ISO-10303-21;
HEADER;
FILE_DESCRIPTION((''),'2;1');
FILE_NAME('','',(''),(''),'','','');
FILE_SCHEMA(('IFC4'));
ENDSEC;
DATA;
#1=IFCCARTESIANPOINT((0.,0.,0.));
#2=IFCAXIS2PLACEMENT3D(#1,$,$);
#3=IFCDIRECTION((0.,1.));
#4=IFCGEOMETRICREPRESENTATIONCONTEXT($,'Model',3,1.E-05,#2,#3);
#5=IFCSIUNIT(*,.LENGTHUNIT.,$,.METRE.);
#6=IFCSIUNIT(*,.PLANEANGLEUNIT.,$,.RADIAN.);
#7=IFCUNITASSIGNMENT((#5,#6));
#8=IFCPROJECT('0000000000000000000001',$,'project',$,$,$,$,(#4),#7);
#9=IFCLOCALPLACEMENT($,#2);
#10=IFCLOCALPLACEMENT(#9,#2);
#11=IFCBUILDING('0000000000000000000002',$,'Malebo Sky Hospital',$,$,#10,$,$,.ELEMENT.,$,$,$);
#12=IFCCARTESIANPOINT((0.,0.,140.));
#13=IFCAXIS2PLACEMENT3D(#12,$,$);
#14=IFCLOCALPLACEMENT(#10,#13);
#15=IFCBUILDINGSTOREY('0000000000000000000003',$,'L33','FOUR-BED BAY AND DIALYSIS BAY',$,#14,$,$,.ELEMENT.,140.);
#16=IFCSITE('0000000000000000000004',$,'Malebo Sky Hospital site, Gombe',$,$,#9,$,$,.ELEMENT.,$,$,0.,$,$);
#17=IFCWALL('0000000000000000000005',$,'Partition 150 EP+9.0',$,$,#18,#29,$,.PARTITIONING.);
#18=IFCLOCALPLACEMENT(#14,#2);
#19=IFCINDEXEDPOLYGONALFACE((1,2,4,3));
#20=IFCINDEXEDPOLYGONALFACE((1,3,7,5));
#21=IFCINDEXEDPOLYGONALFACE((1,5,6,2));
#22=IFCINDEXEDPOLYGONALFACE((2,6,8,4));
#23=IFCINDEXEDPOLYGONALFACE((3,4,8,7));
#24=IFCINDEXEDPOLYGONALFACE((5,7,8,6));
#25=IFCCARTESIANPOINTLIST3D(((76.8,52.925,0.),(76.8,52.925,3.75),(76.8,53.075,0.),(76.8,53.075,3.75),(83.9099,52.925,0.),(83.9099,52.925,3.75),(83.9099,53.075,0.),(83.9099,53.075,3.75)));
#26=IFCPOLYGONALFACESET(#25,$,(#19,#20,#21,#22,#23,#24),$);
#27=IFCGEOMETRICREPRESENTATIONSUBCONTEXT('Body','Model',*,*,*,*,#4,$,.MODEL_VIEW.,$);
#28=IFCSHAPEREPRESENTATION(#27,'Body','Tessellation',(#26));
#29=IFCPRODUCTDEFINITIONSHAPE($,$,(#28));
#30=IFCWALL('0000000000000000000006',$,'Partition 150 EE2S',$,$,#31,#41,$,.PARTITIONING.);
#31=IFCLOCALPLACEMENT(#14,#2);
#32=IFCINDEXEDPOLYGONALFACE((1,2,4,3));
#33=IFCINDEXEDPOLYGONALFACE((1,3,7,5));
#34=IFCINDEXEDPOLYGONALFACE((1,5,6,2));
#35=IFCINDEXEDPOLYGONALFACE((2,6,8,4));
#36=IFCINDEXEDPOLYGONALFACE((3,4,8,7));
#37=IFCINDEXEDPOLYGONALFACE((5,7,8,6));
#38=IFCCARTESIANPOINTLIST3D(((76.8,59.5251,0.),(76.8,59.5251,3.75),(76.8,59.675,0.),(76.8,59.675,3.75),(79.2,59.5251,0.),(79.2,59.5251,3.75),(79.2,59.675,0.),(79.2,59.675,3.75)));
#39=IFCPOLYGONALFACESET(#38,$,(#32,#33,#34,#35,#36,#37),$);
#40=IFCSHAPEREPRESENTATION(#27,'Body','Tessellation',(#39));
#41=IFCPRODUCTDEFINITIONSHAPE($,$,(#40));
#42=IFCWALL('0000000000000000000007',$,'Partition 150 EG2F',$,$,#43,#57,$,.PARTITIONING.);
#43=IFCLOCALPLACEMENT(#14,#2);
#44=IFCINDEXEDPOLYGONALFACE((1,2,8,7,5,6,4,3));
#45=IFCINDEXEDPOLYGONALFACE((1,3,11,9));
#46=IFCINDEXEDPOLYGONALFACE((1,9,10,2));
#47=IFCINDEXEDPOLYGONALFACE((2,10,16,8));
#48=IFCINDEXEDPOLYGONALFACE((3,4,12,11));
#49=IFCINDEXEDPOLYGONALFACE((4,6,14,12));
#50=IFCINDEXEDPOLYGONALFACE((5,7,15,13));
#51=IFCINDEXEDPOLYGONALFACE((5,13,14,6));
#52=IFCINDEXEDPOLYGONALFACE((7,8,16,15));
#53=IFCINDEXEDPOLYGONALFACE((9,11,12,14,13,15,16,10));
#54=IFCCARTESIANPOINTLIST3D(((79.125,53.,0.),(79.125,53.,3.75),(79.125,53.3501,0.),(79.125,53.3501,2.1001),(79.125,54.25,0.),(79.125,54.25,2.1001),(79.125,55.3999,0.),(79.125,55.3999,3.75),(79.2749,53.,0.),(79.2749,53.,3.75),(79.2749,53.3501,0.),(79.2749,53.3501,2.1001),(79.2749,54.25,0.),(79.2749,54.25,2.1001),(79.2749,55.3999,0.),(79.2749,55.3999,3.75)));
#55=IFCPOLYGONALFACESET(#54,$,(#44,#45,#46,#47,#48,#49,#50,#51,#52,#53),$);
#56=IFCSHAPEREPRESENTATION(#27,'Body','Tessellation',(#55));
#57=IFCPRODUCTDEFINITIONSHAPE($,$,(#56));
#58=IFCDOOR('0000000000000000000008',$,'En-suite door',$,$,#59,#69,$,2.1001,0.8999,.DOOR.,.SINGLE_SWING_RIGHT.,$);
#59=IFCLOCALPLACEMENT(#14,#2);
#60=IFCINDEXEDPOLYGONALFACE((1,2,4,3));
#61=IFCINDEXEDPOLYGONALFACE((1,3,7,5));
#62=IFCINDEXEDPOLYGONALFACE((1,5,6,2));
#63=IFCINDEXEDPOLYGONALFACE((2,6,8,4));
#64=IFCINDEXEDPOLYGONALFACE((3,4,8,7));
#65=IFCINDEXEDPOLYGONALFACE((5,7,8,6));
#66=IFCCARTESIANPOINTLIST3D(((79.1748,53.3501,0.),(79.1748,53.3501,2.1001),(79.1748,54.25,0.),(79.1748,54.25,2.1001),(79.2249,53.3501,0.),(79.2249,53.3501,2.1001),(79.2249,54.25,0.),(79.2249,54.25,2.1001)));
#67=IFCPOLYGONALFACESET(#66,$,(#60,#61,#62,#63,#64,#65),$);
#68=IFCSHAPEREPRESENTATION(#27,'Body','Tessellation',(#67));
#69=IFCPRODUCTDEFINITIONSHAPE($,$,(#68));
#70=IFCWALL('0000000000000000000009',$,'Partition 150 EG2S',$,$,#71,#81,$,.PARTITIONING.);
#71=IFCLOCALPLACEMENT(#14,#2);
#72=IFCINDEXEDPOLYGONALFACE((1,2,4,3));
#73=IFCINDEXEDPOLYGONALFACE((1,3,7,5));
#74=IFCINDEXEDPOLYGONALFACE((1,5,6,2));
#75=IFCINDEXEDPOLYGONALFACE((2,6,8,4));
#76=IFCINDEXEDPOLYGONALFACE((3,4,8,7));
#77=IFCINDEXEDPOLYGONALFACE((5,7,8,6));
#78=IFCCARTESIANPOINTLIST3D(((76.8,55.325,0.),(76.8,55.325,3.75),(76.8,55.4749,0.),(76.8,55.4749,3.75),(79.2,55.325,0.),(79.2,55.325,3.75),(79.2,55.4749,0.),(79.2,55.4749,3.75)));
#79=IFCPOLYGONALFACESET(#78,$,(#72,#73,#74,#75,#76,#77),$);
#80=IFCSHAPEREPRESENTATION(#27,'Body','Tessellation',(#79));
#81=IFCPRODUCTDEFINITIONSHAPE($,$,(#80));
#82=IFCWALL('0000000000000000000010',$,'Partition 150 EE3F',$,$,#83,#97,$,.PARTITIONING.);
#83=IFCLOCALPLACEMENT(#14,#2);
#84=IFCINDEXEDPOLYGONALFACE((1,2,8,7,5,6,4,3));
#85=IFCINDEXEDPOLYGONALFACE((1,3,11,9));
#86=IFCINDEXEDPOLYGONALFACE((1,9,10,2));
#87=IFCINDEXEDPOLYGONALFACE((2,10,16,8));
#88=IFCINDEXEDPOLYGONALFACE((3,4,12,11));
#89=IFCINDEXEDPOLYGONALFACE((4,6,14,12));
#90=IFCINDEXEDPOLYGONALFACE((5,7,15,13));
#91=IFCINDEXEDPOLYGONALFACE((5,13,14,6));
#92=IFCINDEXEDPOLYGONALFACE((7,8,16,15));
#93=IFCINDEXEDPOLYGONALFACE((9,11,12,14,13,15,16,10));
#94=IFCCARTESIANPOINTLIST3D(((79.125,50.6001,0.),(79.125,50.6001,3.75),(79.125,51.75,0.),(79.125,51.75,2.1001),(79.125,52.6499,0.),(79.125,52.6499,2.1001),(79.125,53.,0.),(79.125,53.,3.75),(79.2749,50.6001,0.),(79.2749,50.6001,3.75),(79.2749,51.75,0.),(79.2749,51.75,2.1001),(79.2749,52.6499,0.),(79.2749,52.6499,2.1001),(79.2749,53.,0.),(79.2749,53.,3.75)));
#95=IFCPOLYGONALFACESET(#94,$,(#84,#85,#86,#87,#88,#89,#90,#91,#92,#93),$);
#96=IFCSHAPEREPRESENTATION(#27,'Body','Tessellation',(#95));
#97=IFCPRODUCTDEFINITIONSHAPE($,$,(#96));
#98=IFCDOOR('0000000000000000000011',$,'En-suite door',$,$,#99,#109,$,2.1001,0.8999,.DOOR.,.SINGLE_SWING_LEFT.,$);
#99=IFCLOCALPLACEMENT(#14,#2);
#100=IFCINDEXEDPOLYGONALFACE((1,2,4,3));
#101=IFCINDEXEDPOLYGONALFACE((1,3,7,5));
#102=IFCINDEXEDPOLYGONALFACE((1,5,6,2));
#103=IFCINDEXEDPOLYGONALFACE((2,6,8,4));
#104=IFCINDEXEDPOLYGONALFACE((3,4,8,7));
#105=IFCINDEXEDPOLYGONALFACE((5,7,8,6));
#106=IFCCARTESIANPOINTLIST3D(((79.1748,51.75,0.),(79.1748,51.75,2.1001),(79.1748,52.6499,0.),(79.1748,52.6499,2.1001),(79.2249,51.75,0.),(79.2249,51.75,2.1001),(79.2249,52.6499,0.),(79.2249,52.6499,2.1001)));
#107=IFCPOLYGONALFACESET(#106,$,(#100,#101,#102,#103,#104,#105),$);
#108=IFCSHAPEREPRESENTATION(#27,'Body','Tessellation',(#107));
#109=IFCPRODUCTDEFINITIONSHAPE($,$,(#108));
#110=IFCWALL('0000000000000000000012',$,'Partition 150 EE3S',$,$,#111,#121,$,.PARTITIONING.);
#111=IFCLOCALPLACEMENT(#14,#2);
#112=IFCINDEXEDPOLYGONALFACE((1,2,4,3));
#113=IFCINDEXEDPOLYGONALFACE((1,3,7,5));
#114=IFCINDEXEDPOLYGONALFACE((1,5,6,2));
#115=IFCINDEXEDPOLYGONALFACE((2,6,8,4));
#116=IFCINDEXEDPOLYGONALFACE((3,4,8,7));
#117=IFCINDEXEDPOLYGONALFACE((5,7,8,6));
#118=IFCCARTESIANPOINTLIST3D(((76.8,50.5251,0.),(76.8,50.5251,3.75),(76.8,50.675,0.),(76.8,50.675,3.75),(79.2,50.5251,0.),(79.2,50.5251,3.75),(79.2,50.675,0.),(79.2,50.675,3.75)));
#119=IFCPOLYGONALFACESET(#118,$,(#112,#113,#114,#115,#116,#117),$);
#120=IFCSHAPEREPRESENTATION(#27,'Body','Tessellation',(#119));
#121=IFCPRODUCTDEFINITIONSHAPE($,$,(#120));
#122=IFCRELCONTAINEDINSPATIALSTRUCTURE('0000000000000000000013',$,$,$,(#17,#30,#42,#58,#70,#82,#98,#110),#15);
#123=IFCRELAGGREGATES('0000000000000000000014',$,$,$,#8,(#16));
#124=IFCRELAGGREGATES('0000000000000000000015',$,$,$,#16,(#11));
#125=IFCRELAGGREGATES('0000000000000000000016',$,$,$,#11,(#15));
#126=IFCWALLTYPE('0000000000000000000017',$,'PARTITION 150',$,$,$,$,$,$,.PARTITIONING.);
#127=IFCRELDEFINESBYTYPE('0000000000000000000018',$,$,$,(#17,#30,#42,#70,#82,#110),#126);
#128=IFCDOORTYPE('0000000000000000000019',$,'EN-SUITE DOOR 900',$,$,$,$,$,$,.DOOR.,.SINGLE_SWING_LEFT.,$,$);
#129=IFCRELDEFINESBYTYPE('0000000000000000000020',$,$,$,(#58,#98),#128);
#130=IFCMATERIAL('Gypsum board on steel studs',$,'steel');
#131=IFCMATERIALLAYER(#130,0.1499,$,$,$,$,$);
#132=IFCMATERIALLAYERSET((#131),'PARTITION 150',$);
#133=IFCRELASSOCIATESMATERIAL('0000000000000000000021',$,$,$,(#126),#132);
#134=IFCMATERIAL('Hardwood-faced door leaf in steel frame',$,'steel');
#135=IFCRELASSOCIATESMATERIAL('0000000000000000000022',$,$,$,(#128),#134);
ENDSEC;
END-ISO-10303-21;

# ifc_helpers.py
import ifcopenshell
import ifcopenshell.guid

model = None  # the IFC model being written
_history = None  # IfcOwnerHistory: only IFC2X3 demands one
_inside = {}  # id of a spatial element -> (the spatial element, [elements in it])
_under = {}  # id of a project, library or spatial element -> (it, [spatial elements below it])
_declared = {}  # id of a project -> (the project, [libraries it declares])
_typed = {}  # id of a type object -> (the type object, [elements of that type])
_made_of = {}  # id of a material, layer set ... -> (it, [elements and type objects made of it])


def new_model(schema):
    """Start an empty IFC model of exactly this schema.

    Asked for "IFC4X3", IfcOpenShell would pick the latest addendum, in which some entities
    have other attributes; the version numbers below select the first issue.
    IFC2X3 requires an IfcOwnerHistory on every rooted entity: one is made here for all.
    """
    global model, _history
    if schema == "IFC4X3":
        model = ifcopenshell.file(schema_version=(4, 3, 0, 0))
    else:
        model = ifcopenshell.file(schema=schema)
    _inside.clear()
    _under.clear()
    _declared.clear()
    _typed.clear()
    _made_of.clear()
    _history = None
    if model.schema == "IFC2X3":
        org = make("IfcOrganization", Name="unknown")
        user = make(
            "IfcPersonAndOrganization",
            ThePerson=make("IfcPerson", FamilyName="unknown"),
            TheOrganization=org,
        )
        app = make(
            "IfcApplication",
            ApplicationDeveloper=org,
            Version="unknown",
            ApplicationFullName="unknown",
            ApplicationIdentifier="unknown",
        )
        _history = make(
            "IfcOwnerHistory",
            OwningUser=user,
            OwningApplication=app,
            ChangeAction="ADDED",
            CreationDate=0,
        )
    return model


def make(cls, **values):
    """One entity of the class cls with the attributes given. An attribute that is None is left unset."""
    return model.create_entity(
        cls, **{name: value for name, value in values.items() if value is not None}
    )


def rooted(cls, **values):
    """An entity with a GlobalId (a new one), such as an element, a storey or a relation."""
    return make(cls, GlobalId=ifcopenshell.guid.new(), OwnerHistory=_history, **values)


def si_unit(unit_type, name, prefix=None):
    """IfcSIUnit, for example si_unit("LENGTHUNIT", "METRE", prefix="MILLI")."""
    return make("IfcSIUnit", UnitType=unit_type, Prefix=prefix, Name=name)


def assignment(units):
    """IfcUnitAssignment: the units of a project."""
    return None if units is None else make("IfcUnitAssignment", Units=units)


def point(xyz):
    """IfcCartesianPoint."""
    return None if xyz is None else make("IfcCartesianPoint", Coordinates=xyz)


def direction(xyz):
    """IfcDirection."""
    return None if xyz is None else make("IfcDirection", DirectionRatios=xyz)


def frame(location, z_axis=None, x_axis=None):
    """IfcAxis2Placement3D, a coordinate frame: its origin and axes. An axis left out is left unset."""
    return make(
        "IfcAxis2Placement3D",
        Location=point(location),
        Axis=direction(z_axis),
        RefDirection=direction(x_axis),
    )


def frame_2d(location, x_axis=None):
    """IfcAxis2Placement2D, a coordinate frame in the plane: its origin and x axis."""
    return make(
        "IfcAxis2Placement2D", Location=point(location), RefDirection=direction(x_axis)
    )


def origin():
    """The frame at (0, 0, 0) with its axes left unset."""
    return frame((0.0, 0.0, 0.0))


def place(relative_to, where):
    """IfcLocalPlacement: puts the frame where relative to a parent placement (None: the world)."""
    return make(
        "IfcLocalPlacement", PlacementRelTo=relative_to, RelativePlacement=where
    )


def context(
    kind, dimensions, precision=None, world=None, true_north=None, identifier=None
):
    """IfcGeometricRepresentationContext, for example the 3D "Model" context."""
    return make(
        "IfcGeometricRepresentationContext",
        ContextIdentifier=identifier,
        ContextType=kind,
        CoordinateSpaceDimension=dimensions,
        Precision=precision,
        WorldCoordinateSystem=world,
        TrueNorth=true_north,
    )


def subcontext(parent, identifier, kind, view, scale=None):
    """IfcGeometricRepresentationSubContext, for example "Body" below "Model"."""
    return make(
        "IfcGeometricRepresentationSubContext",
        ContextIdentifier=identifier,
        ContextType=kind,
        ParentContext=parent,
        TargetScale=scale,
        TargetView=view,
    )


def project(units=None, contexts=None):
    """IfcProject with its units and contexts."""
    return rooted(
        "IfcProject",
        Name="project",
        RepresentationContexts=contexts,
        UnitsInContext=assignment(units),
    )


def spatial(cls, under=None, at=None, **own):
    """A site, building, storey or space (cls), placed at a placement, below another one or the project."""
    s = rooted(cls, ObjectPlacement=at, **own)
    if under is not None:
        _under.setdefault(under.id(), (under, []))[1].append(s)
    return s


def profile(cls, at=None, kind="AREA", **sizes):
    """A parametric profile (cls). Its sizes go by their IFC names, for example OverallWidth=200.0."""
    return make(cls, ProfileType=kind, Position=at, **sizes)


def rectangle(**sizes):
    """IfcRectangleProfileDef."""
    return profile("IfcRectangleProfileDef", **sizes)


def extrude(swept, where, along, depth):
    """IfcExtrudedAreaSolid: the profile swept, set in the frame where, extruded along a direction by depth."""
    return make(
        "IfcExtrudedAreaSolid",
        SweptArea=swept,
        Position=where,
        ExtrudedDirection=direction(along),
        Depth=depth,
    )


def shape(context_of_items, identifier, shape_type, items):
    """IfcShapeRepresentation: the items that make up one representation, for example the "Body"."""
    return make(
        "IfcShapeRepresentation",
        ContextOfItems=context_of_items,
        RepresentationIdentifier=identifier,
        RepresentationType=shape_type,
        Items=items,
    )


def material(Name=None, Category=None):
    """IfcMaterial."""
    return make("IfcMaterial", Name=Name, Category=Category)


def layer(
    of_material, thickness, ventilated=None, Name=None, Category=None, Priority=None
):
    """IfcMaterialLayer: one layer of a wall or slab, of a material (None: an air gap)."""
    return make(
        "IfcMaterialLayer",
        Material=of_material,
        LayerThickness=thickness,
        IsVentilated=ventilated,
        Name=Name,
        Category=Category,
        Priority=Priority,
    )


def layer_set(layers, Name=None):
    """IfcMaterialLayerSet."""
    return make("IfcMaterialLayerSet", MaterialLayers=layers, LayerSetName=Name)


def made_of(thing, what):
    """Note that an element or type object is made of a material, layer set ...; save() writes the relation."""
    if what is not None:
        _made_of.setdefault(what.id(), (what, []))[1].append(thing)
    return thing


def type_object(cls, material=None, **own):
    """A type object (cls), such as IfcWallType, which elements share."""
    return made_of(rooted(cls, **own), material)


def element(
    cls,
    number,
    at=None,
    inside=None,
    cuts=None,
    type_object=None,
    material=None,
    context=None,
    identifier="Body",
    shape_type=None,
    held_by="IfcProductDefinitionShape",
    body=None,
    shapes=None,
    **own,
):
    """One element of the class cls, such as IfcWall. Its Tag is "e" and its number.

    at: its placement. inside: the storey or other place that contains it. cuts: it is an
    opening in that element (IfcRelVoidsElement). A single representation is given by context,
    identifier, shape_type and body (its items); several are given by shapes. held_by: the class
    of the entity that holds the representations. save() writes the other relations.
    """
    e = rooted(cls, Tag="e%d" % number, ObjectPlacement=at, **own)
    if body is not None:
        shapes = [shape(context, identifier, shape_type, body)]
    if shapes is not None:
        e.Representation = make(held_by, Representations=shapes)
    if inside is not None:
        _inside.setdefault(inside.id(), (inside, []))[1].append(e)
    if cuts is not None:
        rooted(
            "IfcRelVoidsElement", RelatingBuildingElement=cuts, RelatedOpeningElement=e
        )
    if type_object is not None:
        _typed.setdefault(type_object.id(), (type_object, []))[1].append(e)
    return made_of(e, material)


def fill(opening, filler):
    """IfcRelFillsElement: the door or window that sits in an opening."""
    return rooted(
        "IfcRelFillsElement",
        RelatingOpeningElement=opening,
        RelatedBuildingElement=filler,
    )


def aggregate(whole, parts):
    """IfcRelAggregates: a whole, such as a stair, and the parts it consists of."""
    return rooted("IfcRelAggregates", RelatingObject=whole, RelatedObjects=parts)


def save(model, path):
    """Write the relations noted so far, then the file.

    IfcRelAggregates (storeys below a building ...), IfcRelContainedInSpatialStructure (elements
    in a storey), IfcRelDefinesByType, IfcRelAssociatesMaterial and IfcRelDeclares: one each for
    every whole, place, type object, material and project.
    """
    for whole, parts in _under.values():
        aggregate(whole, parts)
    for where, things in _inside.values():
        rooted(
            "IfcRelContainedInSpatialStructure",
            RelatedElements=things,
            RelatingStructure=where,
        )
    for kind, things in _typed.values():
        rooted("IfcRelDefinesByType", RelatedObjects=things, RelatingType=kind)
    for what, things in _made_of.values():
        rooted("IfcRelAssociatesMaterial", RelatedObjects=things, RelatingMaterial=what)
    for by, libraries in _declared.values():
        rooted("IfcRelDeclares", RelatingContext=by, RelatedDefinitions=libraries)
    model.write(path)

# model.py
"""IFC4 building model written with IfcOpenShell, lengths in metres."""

from ifc_helpers import new_model, si_unit, direction, frame, frame_2d, origin, place, context, subcontext, project, spatial, rectangle, extrude, material, layer, layer_set, type_object, element, fill, save


model = new_model("IFC4")

# Units and contexts
model_context = context("Model", 3, precision=1e-05, world=origin(), true_north=direction((0.0, 1.0)))
body_context = subcontext(model_context, "Body", "Model", "MODEL_VIEW")
ifc_project = project(units=[si_unit("LENGTHUNIT", "METRE"), si_unit("PLANEANGLEUNIT", "RADIAN")], contexts=[model_context])

# Site, building, storey
site_placement = place(None, origin())
site = spatial("IfcSite", under=ifc_project, at=site_placement, Name="Malebo Sky Hospital site, Gombe", CompositionType="ELEMENT", RefElevation=0.0)
building_placement = place(site_placement, origin())
building = spatial("IfcBuilding", under=site, at=building_placement, Name="Malebo Sky Hospital", CompositionType="ELEMENT")
storey_placement = place(building_placement, frame((0.0, 0.0, 140.0)))
storey = spatial("IfcBuildingStorey", under=building, at=storey_placement, Name="L33", Description="FOUR-BED BAY AND DIALYSIS BAY", CompositionType="ELEMENT", Elevation=140.0)

# Shared definitions
ifc_material_1 = material(Name="Gypsum board on steel studs", Category="steel")
ifc_material_2 = material(Name="Hardwood-faced door leaf in steel frame", Category="steel")

# Walls
ifc_layer_1 = layer(ifc_material_1, 0.1499)
ifc_layer_set_1 = layer_set([ifc_layer_1], Name="PARTITION 150")
wall_type_1 = type_object("IfcWallType", Name="PARTITION 150", PredefinedType="PARTITIONING", material=ifc_layer_set_1)
wall_1_placement = place(storey_placement, frame((76.8, 53.0, 0.0), z_axis=(0.0, 0.0, 1.0), x_axis=(1.0, 0.0, 0.0)))
element("IfcWall", 1, at=wall_1_placement, inside=storey, type_object=wall_type_1, Name="Partition 150 EP+9.0", PredefinedType="PARTITIONING", context=body_context, shape_type="SweptSolid", body=[
    extrude(rectangle(XDim=7.1099, YDim=0.1499, at=frame_2d((3.5549, 0.0))), origin(), (0.0, 0.0, 1.0), 3.75),
])
wall_2_placement = place(storey_placement, frame((76.8, 59.6001, 0.0), z_axis=(0.0, 0.0, 1.0), x_axis=(1.0, 0.0, 0.0)))
element("IfcWall", 2, at=wall_2_placement, inside=storey, type_object=wall_type_1, Name="Partition 150 EE2S", PredefinedType="PARTITIONING", context=body_context, shape_type="SweptSolid", body=[
    extrude(rectangle(XDim=2.3999, YDim=0.1499, at=frame_2d((1.2, 0.0))), origin(), (0.0, 0.0, 1.0), 3.75),
])

# Wall, opening, door
wall_3_placement = place(storey_placement, frame((79.2, 55.3999, 0.0), z_axis=(0.0, 0.0, 1.0), x_axis=(0.0, -1.0, 0.0)))
wall_3 = element("IfcWall", 3, at=wall_3_placement, inside=storey, type_object=wall_type_1, Name="Partition 150 EG2F", PredefinedType="PARTITIONING", context=body_context, shape_type="SweptSolid", body=[
    extrude(rectangle(XDim=2.3999, YDim=0.1499, at=frame_2d((1.2, 0.0))), origin(), (0.0, 0.0, 1.0), 3.75),
])
opening_1_placement = place(wall_3_placement, frame((1.1499, 0.0, 0.0)))
opening_1 = element("IfcOpeningElement", 4, at=opening_1_placement, cuts=wall_3, PredefinedType="OPENING", context=body_context, shape_type="SweptSolid", body=[
    extrude(rectangle(XDim=0.8999, YDim=2.1001, at=frame_2d((0.45, 1.05))), frame((0.0, 0.085, 0.0), z_axis=(0.0, -1.0, 0.0), x_axis=(1.0, 0.0, 0.0)), (0.0, 0.0, 1.0), 0.1699),
])
door_type_1 = type_object("IfcDoorType", Name="EN-SUITE DOOR 900", OperationType="SINGLE_SWING_LEFT", PredefinedType="DOOR", material=ifc_material_2)
door_1_placement = place(opening_1_placement, origin())
door_1 = element("IfcDoor", 5, at=door_1_placement, inside=storey, type_object=door_type_1, Name="En-suite door", OperationType="SINGLE_SWING_RIGHT", OverallHeight=2.1001, OverallWidth=0.8999, PredefinedType="DOOR", context=body_context, shape_type="SweptSolid", body=[
    extrude(rectangle(XDim=0.8999, YDim=2.1001, at=frame_2d((0.45, 1.05))), frame((0.0, 0.0249, 0.0), z_axis=(0.0, -1.0, 0.0), x_axis=(1.0, 0.0, 0.0)), (0.0, 0.0, 1.0), 0.05),
])
fill(opening_1, door_1)

# Wall
wall_4_placement = place(storey_placement, frame((76.8, 55.3999, 0.0), z_axis=(0.0, 0.0, 1.0), x_axis=(1.0, 0.0, 0.0)))
element("IfcWall", 6, at=wall_4_placement, inside=storey, type_object=wall_type_1, Name="Partition 150 EG2S", PredefinedType="PARTITIONING", context=body_context, shape_type="SweptSolid", body=[
    extrude(rectangle(XDim=2.3999, YDim=0.1499, at=frame_2d((1.2, 0.0))), origin(), (0.0, 0.0, 1.0), 3.75),
])

# Wall, opening, door
wall_5_placement = place(storey_placement, frame((79.2, 53.0, 0.0), z_axis=(0.0, 0.0, 1.0), x_axis=(0.0, -1.0, 0.0)))
wall_5 = element("IfcWall", 7, at=wall_5_placement, inside=storey, type_object=wall_type_1, Name="Partition 150 EE3F", PredefinedType="PARTITIONING", context=body_context, shape_type="SweptSolid", body=[
    extrude(rectangle(XDim=2.3999, YDim=0.1499, at=frame_2d((1.2, 0.0))), origin(), (0.0, 0.0, 1.0), 3.75),
])
opening_2_placement = place(wall_5_placement, frame((0.3501, 0.0, 0.0)))
opening_2 = element("IfcOpeningElement", 8, at=opening_2_placement, cuts=wall_5, PredefinedType="OPENING", context=body_context, shape_type="SweptSolid", body=[
    extrude(rectangle(XDim=0.8999, YDim=2.1001, at=frame_2d((0.45, 1.05))), frame((0.0, 0.085, 0.0), z_axis=(0.0, -1.0, 0.0), x_axis=(1.0, 0.0, 0.0)), (0.0, 0.0, 1.0), 0.1699),
])
door_2_placement = place(opening_2_placement, origin())
door_2 = element("IfcDoor", 9, at=door_2_placement, inside=storey, type_object=door_type_1, Name="En-suite door", OperationType="SINGLE_SWING_LEFT", OverallHeight=2.1001, OverallWidth=0.8999, PredefinedType="DOOR", context=body_context, shape_type="SweptSolid", body=[
    extrude(rectangle(XDim=0.8999, YDim=2.1001, at=frame_2d((0.45, 1.05))), frame((0.0, 0.0249, 0.0), z_axis=(0.0, -1.0, 0.0), x_axis=(1.0, 0.0, 0.0)), (0.0, 0.0, 1.0), 0.05),
])
fill(opening_2, door_2)

# Wall
wall_6_placement = place(storey_placement, frame((76.8, 50.6001, 0.0), z_axis=(0.0, 0.0, 1.0), x_axis=(1.0, 0.0, 0.0)))
element("IfcWall", 10, at=wall_6_placement, inside=storey, type_object=wall_type_1, Name="Partition 150 EE3S", PredefinedType="PARTITIONING", context=body_context, shape_type="SweptSolid", body=[
    extrude(rectangle(XDim=2.3999, YDim=0.1499, at=frame_2d((1.2, 0.0))), origin(), (0.0, 0.0, 1.0), 3.75),
])

save(model, "model.ifc")
